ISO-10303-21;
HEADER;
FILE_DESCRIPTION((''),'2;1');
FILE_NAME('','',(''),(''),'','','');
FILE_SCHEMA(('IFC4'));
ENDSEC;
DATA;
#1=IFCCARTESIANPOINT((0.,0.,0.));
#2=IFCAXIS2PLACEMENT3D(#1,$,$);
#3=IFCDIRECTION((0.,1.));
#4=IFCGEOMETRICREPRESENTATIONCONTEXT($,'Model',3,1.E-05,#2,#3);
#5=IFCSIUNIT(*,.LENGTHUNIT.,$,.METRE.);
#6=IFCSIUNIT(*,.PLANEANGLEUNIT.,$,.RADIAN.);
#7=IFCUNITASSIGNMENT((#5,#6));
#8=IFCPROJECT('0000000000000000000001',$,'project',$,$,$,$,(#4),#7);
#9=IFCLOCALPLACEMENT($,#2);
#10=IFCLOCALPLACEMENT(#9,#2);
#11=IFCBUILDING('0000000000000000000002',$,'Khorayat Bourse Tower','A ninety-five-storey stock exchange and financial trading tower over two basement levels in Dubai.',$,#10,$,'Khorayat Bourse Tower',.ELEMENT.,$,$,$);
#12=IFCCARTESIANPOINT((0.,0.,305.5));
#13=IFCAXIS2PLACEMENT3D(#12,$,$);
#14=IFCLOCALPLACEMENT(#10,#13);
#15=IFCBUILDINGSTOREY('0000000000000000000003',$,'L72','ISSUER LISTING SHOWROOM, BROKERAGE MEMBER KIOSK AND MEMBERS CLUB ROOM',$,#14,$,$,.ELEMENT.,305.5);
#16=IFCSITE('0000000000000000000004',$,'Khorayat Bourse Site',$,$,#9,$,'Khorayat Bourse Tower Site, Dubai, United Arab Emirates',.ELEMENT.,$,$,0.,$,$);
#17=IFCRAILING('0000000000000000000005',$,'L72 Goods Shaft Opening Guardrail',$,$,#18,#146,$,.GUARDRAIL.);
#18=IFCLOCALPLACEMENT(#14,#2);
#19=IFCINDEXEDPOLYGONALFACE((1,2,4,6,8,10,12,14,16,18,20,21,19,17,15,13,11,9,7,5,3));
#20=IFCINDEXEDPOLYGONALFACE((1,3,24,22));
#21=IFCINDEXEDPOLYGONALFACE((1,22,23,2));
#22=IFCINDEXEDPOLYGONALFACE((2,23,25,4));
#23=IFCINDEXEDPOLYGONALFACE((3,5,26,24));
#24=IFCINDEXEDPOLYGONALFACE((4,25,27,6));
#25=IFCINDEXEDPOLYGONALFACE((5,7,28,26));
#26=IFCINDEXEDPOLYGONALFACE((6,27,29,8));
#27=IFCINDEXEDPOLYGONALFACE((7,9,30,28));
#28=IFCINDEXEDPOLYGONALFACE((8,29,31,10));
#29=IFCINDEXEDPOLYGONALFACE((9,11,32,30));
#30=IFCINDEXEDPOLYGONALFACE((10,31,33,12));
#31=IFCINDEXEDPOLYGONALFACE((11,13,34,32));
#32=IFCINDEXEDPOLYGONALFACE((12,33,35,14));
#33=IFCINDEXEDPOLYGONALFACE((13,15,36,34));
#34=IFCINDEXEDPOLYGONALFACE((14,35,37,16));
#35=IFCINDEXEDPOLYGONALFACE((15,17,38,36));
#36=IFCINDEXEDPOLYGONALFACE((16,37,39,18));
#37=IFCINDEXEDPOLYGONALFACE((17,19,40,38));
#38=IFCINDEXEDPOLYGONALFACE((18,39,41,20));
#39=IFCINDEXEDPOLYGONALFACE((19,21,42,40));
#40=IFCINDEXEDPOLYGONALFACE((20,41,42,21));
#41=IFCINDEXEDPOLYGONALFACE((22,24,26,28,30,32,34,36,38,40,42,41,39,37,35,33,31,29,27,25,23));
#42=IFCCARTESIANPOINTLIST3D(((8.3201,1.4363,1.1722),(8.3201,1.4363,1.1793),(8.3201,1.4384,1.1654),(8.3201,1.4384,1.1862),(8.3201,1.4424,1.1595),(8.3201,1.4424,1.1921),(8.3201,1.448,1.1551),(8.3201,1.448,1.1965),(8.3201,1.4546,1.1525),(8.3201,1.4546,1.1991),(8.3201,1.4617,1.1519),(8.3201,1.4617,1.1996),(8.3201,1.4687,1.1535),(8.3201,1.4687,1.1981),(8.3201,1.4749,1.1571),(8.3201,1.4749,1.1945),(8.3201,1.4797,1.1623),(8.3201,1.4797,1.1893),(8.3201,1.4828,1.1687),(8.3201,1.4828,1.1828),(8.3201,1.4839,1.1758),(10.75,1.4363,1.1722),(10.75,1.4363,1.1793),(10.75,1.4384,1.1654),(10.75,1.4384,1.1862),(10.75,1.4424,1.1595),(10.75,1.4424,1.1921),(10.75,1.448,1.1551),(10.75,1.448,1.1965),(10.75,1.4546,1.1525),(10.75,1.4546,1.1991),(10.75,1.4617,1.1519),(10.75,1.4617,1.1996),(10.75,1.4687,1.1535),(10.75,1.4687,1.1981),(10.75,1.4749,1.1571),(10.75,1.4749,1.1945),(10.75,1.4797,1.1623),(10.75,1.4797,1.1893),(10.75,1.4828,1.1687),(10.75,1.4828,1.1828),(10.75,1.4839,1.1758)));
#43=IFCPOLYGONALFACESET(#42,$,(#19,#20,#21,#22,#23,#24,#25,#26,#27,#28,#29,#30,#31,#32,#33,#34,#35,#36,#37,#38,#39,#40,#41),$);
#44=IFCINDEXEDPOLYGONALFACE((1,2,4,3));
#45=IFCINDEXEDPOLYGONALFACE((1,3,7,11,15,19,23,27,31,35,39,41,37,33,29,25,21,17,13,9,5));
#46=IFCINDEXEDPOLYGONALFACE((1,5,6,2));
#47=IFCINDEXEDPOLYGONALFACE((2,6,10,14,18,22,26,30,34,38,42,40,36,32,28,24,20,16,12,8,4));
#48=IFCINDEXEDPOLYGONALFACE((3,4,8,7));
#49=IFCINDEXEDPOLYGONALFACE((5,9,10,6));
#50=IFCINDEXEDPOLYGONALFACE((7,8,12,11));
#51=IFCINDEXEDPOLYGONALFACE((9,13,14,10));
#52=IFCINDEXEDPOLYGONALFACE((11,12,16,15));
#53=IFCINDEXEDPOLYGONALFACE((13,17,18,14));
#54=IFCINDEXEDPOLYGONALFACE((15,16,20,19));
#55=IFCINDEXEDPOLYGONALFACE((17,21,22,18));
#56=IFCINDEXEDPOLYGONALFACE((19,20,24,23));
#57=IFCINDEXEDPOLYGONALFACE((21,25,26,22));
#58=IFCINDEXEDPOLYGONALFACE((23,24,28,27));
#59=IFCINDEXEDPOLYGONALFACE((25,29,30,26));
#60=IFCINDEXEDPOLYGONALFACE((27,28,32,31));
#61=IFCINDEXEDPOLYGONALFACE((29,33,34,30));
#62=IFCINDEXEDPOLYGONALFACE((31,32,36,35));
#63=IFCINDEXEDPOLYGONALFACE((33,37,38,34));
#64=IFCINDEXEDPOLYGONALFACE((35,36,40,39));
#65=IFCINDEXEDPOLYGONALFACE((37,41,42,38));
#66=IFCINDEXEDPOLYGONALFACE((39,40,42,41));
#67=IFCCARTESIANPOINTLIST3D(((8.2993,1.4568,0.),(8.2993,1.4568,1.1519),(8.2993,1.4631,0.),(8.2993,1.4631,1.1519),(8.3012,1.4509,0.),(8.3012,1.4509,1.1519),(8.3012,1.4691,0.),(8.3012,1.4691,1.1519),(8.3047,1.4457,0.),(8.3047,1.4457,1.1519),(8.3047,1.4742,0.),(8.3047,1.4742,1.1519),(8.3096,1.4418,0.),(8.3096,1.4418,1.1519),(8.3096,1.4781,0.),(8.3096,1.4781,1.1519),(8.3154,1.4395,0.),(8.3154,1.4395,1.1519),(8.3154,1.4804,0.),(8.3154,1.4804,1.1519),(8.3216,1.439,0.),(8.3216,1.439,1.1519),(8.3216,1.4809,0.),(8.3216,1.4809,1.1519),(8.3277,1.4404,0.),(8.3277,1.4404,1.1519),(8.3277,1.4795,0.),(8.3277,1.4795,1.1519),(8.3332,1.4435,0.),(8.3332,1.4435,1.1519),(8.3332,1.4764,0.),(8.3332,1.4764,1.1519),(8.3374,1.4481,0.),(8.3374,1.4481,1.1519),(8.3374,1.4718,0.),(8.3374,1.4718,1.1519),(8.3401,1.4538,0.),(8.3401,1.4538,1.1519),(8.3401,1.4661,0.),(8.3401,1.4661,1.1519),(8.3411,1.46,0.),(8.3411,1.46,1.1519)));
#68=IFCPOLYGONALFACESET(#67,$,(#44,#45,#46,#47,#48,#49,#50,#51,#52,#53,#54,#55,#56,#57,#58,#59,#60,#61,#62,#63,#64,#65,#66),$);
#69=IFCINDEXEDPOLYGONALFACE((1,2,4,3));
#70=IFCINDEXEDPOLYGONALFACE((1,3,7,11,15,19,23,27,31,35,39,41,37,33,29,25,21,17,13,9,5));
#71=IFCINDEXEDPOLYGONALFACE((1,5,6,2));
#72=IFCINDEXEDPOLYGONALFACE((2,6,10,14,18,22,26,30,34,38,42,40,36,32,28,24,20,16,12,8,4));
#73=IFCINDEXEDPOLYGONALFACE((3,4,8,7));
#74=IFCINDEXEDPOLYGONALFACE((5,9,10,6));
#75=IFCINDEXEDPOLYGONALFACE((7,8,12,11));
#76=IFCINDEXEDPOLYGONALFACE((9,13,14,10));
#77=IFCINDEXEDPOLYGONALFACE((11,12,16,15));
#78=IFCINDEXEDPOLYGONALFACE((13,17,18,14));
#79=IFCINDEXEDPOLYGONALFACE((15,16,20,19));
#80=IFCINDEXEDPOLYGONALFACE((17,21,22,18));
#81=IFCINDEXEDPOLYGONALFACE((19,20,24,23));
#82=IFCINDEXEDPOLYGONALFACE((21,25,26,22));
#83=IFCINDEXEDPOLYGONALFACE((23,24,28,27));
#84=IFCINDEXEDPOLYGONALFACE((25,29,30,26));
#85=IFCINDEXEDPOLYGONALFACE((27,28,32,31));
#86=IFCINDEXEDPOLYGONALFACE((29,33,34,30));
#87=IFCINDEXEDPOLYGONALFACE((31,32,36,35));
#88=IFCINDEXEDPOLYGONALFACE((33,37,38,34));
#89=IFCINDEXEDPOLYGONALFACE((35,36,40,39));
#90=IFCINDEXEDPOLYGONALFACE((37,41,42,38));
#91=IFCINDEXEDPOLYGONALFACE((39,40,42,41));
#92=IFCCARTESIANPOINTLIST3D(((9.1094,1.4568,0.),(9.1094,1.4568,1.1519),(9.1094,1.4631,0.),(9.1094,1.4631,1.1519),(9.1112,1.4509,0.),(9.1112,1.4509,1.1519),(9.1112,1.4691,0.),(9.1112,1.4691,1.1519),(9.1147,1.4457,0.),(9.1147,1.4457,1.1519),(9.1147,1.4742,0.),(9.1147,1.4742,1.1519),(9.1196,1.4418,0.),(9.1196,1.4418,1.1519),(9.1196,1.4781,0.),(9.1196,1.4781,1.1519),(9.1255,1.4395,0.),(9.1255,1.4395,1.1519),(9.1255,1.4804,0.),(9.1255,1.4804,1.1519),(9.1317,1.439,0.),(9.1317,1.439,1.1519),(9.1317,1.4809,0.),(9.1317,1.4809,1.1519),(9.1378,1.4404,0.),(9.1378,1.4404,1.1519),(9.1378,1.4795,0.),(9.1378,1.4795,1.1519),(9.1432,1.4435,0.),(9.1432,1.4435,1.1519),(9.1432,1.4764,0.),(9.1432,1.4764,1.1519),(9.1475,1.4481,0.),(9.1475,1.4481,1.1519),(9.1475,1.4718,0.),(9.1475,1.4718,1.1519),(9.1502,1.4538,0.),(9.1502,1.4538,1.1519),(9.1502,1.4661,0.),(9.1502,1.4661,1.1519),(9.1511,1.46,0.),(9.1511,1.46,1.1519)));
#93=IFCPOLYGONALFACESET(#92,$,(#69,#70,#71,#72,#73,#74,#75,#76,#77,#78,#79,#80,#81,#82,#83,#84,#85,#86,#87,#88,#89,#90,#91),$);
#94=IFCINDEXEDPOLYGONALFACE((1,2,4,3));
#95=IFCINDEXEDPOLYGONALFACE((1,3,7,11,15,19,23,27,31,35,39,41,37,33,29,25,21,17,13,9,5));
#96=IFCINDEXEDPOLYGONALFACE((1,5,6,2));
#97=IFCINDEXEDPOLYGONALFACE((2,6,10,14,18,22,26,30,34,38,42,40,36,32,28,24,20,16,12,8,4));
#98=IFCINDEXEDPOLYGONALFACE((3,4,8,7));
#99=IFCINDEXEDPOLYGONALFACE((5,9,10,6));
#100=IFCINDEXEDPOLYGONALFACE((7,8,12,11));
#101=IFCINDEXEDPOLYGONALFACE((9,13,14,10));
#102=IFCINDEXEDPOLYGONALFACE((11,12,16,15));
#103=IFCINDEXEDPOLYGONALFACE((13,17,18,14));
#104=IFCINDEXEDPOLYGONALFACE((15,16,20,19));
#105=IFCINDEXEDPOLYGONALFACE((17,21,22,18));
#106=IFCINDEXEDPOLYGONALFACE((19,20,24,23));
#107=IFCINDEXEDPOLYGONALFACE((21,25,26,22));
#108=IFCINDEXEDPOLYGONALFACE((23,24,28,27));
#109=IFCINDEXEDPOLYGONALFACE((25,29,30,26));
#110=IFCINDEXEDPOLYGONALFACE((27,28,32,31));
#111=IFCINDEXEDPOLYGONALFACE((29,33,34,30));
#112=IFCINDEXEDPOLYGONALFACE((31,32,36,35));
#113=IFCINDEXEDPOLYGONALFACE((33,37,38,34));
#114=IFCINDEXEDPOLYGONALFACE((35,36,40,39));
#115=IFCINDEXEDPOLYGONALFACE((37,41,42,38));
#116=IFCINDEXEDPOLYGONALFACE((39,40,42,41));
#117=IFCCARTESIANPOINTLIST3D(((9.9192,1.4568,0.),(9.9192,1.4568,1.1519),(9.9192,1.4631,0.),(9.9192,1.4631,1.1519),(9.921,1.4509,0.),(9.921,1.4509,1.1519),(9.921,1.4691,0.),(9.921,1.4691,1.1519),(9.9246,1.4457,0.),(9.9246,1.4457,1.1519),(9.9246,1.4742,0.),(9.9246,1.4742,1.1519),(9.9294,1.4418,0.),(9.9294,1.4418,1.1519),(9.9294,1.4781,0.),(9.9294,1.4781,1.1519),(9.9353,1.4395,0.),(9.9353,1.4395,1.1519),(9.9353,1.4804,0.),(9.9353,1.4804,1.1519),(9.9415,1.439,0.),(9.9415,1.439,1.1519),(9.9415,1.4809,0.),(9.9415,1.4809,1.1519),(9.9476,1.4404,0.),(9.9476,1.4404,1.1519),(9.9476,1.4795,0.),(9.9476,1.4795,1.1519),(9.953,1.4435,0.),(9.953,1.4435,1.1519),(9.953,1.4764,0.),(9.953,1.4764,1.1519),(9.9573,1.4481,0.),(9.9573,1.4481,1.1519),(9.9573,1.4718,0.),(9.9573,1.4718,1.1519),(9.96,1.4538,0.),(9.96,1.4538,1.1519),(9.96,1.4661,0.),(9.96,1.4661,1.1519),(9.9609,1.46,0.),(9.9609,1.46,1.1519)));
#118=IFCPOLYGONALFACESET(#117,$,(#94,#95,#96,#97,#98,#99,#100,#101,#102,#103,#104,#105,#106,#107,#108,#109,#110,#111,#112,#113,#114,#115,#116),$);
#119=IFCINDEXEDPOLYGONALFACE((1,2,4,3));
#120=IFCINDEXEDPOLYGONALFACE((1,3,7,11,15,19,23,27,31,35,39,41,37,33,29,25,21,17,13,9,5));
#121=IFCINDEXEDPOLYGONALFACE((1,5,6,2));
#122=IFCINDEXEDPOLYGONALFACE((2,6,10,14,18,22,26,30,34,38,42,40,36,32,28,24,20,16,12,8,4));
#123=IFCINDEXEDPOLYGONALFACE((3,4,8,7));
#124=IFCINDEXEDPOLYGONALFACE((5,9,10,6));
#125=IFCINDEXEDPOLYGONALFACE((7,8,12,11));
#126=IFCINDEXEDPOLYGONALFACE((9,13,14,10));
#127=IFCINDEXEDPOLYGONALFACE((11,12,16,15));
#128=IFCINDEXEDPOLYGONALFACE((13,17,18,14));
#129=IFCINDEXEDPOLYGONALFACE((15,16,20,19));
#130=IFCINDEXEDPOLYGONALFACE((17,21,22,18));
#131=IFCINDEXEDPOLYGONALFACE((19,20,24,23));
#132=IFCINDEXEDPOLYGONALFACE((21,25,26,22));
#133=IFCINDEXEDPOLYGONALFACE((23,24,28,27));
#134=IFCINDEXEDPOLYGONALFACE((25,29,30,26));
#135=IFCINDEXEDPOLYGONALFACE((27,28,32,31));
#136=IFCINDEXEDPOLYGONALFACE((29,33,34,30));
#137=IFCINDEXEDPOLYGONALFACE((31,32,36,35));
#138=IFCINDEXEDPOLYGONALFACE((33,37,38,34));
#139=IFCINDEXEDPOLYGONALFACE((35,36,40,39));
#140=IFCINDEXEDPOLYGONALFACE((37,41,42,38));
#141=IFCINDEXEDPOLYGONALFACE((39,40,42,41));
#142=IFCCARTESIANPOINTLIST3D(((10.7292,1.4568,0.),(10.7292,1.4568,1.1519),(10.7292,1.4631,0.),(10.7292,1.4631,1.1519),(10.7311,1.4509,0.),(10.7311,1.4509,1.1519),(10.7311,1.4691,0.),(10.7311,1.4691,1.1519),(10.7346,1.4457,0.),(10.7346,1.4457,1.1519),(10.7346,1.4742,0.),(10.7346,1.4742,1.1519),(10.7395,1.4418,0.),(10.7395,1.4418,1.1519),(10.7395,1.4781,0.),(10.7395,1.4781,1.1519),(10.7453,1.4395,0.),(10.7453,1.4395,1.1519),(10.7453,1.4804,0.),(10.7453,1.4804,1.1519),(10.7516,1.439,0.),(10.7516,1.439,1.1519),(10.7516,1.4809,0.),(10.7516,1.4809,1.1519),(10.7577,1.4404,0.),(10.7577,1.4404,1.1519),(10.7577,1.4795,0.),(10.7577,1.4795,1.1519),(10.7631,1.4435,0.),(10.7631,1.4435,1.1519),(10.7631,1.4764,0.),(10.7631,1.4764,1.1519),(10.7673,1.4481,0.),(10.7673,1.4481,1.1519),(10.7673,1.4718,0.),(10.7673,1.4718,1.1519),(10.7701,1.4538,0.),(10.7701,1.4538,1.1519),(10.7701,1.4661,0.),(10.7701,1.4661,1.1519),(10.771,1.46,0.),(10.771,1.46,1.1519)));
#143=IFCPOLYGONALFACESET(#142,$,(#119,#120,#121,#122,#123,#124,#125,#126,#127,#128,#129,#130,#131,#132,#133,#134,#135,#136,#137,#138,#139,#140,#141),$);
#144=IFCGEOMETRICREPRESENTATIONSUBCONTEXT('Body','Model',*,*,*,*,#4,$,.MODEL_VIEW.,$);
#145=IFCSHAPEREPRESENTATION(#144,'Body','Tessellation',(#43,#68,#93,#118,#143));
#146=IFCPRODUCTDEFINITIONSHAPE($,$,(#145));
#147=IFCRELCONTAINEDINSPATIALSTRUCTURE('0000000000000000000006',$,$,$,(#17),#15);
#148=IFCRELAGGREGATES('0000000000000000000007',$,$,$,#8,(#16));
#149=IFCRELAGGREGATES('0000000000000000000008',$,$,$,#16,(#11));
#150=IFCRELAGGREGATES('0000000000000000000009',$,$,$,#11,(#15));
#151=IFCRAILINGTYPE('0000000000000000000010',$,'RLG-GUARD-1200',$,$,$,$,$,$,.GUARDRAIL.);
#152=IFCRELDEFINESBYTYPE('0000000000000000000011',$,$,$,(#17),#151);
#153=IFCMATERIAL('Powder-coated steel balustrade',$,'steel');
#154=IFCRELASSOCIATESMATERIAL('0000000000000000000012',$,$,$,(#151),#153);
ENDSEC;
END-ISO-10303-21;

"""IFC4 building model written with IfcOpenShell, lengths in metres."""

from ifc_helpers import new_model, si_unit, direction, frame, origin, origin_2d, place, context, subcontext, project, spatial, circle, extrude, source, transform, mapped, material, type_object, element, save


model = new_model("IFC4")

# Units and contexts
model_context = context("Model", 3, precision=1e-05, world=origin(), true_north=direction((0.0, 1.0)))
body_context = subcontext(model_context, "Body", "Model", "MODEL_VIEW")
ifc_project = project(units=[si_unit("LENGTHUNIT", "METRE"), si_unit("PLANEANGLEUNIT", "RADIAN")], contexts=[model_context])

# Site, building, storey
site_placement = place(None, origin())
site = spatial("IfcSite", under=ifc_project, at=site_placement, Name="Khorayat Bourse Site", LongName="Khorayat Bourse Tower Site, Dubai, United Arab Emirates", CompositionType="ELEMENT", RefElevation=0.0)
building_placement = place(site_placement, origin())
building = spatial("IfcBuilding", under=site, at=building_placement, Name="Khorayat Bourse Tower", Description="A ninety-five-storey stock exchange and financial trading tower over two basement levels in Dubai.", LongName="Khorayat Bourse Tower", CompositionType="ELEMENT")
storey_placement = place(building_placement, frame((0.0, 0.0, 305.5)))
storey = spatial("IfcBuildingStorey", under=building, at=storey_placement, Name="L72", Description="ISSUER LISTING SHOWROOM, BROKERAGE MEMBER KIOSK AND MEMBERS CLUB ROOM", CompositionType="ELEMENT", Elevation=305.5)

# Railing
ifc_material_1 = material(Name="Powder-coated steel balustrade", Category="steel")
railing_type = type_object("IfcRailingType", Name="RLG-GUARD-1200", PredefinedType="GUARDRAIL", material=ifc_material_1)
shared_shape_1 = source(origin(), body_context, "Body", "SweptSolid", [
    extrude(circle(Radius=0.0239, at=origin_2d()), frame((0.0, 0.0, 1.1758), z_axis=(1.0, 0.0, 0.0), x_axis=(0.0, 1.0, 0.0)), (0.0, 0.0, 1.0), 2.4299),
    extrude(circle(Radius=0.021, at=origin_2d()), origin(), (0.0, 0.0, 1.0), 1.1519),
    extrude(circle(Radius=0.021, at=origin_2d()), frame((0.8101, 0.0, 0.0)), (0.0, 0.0, 1.0), 1.1519),
    extrude(circle(Radius=0.021, at=origin_2d()), frame((1.6199, 0.0, 0.0)), (0.0, 0.0, 1.0), 1.1519),
    extrude(circle(Radius=0.021, at=origin_2d()), frame((2.4299, 0.0, 0.0)), (0.0, 0.0, 1.0), 1.1519),
])
railing_placement = place(storey_placement, frame((8.3201, 1.46, 0.0)))
element("IfcRailing", 1, at=railing_placement, inside=storey, type_object=railing_type, Name="L72 Goods Shaft Opening Guardrail", PredefinedType="GUARDRAIL", context=body_context, shape_type="MappedRepresentation", body=[
    mapped(shared_shape_1, transform((0.0, 0.0, 0.0), scale=1.0)),
])

save(model, "model.ifc")
